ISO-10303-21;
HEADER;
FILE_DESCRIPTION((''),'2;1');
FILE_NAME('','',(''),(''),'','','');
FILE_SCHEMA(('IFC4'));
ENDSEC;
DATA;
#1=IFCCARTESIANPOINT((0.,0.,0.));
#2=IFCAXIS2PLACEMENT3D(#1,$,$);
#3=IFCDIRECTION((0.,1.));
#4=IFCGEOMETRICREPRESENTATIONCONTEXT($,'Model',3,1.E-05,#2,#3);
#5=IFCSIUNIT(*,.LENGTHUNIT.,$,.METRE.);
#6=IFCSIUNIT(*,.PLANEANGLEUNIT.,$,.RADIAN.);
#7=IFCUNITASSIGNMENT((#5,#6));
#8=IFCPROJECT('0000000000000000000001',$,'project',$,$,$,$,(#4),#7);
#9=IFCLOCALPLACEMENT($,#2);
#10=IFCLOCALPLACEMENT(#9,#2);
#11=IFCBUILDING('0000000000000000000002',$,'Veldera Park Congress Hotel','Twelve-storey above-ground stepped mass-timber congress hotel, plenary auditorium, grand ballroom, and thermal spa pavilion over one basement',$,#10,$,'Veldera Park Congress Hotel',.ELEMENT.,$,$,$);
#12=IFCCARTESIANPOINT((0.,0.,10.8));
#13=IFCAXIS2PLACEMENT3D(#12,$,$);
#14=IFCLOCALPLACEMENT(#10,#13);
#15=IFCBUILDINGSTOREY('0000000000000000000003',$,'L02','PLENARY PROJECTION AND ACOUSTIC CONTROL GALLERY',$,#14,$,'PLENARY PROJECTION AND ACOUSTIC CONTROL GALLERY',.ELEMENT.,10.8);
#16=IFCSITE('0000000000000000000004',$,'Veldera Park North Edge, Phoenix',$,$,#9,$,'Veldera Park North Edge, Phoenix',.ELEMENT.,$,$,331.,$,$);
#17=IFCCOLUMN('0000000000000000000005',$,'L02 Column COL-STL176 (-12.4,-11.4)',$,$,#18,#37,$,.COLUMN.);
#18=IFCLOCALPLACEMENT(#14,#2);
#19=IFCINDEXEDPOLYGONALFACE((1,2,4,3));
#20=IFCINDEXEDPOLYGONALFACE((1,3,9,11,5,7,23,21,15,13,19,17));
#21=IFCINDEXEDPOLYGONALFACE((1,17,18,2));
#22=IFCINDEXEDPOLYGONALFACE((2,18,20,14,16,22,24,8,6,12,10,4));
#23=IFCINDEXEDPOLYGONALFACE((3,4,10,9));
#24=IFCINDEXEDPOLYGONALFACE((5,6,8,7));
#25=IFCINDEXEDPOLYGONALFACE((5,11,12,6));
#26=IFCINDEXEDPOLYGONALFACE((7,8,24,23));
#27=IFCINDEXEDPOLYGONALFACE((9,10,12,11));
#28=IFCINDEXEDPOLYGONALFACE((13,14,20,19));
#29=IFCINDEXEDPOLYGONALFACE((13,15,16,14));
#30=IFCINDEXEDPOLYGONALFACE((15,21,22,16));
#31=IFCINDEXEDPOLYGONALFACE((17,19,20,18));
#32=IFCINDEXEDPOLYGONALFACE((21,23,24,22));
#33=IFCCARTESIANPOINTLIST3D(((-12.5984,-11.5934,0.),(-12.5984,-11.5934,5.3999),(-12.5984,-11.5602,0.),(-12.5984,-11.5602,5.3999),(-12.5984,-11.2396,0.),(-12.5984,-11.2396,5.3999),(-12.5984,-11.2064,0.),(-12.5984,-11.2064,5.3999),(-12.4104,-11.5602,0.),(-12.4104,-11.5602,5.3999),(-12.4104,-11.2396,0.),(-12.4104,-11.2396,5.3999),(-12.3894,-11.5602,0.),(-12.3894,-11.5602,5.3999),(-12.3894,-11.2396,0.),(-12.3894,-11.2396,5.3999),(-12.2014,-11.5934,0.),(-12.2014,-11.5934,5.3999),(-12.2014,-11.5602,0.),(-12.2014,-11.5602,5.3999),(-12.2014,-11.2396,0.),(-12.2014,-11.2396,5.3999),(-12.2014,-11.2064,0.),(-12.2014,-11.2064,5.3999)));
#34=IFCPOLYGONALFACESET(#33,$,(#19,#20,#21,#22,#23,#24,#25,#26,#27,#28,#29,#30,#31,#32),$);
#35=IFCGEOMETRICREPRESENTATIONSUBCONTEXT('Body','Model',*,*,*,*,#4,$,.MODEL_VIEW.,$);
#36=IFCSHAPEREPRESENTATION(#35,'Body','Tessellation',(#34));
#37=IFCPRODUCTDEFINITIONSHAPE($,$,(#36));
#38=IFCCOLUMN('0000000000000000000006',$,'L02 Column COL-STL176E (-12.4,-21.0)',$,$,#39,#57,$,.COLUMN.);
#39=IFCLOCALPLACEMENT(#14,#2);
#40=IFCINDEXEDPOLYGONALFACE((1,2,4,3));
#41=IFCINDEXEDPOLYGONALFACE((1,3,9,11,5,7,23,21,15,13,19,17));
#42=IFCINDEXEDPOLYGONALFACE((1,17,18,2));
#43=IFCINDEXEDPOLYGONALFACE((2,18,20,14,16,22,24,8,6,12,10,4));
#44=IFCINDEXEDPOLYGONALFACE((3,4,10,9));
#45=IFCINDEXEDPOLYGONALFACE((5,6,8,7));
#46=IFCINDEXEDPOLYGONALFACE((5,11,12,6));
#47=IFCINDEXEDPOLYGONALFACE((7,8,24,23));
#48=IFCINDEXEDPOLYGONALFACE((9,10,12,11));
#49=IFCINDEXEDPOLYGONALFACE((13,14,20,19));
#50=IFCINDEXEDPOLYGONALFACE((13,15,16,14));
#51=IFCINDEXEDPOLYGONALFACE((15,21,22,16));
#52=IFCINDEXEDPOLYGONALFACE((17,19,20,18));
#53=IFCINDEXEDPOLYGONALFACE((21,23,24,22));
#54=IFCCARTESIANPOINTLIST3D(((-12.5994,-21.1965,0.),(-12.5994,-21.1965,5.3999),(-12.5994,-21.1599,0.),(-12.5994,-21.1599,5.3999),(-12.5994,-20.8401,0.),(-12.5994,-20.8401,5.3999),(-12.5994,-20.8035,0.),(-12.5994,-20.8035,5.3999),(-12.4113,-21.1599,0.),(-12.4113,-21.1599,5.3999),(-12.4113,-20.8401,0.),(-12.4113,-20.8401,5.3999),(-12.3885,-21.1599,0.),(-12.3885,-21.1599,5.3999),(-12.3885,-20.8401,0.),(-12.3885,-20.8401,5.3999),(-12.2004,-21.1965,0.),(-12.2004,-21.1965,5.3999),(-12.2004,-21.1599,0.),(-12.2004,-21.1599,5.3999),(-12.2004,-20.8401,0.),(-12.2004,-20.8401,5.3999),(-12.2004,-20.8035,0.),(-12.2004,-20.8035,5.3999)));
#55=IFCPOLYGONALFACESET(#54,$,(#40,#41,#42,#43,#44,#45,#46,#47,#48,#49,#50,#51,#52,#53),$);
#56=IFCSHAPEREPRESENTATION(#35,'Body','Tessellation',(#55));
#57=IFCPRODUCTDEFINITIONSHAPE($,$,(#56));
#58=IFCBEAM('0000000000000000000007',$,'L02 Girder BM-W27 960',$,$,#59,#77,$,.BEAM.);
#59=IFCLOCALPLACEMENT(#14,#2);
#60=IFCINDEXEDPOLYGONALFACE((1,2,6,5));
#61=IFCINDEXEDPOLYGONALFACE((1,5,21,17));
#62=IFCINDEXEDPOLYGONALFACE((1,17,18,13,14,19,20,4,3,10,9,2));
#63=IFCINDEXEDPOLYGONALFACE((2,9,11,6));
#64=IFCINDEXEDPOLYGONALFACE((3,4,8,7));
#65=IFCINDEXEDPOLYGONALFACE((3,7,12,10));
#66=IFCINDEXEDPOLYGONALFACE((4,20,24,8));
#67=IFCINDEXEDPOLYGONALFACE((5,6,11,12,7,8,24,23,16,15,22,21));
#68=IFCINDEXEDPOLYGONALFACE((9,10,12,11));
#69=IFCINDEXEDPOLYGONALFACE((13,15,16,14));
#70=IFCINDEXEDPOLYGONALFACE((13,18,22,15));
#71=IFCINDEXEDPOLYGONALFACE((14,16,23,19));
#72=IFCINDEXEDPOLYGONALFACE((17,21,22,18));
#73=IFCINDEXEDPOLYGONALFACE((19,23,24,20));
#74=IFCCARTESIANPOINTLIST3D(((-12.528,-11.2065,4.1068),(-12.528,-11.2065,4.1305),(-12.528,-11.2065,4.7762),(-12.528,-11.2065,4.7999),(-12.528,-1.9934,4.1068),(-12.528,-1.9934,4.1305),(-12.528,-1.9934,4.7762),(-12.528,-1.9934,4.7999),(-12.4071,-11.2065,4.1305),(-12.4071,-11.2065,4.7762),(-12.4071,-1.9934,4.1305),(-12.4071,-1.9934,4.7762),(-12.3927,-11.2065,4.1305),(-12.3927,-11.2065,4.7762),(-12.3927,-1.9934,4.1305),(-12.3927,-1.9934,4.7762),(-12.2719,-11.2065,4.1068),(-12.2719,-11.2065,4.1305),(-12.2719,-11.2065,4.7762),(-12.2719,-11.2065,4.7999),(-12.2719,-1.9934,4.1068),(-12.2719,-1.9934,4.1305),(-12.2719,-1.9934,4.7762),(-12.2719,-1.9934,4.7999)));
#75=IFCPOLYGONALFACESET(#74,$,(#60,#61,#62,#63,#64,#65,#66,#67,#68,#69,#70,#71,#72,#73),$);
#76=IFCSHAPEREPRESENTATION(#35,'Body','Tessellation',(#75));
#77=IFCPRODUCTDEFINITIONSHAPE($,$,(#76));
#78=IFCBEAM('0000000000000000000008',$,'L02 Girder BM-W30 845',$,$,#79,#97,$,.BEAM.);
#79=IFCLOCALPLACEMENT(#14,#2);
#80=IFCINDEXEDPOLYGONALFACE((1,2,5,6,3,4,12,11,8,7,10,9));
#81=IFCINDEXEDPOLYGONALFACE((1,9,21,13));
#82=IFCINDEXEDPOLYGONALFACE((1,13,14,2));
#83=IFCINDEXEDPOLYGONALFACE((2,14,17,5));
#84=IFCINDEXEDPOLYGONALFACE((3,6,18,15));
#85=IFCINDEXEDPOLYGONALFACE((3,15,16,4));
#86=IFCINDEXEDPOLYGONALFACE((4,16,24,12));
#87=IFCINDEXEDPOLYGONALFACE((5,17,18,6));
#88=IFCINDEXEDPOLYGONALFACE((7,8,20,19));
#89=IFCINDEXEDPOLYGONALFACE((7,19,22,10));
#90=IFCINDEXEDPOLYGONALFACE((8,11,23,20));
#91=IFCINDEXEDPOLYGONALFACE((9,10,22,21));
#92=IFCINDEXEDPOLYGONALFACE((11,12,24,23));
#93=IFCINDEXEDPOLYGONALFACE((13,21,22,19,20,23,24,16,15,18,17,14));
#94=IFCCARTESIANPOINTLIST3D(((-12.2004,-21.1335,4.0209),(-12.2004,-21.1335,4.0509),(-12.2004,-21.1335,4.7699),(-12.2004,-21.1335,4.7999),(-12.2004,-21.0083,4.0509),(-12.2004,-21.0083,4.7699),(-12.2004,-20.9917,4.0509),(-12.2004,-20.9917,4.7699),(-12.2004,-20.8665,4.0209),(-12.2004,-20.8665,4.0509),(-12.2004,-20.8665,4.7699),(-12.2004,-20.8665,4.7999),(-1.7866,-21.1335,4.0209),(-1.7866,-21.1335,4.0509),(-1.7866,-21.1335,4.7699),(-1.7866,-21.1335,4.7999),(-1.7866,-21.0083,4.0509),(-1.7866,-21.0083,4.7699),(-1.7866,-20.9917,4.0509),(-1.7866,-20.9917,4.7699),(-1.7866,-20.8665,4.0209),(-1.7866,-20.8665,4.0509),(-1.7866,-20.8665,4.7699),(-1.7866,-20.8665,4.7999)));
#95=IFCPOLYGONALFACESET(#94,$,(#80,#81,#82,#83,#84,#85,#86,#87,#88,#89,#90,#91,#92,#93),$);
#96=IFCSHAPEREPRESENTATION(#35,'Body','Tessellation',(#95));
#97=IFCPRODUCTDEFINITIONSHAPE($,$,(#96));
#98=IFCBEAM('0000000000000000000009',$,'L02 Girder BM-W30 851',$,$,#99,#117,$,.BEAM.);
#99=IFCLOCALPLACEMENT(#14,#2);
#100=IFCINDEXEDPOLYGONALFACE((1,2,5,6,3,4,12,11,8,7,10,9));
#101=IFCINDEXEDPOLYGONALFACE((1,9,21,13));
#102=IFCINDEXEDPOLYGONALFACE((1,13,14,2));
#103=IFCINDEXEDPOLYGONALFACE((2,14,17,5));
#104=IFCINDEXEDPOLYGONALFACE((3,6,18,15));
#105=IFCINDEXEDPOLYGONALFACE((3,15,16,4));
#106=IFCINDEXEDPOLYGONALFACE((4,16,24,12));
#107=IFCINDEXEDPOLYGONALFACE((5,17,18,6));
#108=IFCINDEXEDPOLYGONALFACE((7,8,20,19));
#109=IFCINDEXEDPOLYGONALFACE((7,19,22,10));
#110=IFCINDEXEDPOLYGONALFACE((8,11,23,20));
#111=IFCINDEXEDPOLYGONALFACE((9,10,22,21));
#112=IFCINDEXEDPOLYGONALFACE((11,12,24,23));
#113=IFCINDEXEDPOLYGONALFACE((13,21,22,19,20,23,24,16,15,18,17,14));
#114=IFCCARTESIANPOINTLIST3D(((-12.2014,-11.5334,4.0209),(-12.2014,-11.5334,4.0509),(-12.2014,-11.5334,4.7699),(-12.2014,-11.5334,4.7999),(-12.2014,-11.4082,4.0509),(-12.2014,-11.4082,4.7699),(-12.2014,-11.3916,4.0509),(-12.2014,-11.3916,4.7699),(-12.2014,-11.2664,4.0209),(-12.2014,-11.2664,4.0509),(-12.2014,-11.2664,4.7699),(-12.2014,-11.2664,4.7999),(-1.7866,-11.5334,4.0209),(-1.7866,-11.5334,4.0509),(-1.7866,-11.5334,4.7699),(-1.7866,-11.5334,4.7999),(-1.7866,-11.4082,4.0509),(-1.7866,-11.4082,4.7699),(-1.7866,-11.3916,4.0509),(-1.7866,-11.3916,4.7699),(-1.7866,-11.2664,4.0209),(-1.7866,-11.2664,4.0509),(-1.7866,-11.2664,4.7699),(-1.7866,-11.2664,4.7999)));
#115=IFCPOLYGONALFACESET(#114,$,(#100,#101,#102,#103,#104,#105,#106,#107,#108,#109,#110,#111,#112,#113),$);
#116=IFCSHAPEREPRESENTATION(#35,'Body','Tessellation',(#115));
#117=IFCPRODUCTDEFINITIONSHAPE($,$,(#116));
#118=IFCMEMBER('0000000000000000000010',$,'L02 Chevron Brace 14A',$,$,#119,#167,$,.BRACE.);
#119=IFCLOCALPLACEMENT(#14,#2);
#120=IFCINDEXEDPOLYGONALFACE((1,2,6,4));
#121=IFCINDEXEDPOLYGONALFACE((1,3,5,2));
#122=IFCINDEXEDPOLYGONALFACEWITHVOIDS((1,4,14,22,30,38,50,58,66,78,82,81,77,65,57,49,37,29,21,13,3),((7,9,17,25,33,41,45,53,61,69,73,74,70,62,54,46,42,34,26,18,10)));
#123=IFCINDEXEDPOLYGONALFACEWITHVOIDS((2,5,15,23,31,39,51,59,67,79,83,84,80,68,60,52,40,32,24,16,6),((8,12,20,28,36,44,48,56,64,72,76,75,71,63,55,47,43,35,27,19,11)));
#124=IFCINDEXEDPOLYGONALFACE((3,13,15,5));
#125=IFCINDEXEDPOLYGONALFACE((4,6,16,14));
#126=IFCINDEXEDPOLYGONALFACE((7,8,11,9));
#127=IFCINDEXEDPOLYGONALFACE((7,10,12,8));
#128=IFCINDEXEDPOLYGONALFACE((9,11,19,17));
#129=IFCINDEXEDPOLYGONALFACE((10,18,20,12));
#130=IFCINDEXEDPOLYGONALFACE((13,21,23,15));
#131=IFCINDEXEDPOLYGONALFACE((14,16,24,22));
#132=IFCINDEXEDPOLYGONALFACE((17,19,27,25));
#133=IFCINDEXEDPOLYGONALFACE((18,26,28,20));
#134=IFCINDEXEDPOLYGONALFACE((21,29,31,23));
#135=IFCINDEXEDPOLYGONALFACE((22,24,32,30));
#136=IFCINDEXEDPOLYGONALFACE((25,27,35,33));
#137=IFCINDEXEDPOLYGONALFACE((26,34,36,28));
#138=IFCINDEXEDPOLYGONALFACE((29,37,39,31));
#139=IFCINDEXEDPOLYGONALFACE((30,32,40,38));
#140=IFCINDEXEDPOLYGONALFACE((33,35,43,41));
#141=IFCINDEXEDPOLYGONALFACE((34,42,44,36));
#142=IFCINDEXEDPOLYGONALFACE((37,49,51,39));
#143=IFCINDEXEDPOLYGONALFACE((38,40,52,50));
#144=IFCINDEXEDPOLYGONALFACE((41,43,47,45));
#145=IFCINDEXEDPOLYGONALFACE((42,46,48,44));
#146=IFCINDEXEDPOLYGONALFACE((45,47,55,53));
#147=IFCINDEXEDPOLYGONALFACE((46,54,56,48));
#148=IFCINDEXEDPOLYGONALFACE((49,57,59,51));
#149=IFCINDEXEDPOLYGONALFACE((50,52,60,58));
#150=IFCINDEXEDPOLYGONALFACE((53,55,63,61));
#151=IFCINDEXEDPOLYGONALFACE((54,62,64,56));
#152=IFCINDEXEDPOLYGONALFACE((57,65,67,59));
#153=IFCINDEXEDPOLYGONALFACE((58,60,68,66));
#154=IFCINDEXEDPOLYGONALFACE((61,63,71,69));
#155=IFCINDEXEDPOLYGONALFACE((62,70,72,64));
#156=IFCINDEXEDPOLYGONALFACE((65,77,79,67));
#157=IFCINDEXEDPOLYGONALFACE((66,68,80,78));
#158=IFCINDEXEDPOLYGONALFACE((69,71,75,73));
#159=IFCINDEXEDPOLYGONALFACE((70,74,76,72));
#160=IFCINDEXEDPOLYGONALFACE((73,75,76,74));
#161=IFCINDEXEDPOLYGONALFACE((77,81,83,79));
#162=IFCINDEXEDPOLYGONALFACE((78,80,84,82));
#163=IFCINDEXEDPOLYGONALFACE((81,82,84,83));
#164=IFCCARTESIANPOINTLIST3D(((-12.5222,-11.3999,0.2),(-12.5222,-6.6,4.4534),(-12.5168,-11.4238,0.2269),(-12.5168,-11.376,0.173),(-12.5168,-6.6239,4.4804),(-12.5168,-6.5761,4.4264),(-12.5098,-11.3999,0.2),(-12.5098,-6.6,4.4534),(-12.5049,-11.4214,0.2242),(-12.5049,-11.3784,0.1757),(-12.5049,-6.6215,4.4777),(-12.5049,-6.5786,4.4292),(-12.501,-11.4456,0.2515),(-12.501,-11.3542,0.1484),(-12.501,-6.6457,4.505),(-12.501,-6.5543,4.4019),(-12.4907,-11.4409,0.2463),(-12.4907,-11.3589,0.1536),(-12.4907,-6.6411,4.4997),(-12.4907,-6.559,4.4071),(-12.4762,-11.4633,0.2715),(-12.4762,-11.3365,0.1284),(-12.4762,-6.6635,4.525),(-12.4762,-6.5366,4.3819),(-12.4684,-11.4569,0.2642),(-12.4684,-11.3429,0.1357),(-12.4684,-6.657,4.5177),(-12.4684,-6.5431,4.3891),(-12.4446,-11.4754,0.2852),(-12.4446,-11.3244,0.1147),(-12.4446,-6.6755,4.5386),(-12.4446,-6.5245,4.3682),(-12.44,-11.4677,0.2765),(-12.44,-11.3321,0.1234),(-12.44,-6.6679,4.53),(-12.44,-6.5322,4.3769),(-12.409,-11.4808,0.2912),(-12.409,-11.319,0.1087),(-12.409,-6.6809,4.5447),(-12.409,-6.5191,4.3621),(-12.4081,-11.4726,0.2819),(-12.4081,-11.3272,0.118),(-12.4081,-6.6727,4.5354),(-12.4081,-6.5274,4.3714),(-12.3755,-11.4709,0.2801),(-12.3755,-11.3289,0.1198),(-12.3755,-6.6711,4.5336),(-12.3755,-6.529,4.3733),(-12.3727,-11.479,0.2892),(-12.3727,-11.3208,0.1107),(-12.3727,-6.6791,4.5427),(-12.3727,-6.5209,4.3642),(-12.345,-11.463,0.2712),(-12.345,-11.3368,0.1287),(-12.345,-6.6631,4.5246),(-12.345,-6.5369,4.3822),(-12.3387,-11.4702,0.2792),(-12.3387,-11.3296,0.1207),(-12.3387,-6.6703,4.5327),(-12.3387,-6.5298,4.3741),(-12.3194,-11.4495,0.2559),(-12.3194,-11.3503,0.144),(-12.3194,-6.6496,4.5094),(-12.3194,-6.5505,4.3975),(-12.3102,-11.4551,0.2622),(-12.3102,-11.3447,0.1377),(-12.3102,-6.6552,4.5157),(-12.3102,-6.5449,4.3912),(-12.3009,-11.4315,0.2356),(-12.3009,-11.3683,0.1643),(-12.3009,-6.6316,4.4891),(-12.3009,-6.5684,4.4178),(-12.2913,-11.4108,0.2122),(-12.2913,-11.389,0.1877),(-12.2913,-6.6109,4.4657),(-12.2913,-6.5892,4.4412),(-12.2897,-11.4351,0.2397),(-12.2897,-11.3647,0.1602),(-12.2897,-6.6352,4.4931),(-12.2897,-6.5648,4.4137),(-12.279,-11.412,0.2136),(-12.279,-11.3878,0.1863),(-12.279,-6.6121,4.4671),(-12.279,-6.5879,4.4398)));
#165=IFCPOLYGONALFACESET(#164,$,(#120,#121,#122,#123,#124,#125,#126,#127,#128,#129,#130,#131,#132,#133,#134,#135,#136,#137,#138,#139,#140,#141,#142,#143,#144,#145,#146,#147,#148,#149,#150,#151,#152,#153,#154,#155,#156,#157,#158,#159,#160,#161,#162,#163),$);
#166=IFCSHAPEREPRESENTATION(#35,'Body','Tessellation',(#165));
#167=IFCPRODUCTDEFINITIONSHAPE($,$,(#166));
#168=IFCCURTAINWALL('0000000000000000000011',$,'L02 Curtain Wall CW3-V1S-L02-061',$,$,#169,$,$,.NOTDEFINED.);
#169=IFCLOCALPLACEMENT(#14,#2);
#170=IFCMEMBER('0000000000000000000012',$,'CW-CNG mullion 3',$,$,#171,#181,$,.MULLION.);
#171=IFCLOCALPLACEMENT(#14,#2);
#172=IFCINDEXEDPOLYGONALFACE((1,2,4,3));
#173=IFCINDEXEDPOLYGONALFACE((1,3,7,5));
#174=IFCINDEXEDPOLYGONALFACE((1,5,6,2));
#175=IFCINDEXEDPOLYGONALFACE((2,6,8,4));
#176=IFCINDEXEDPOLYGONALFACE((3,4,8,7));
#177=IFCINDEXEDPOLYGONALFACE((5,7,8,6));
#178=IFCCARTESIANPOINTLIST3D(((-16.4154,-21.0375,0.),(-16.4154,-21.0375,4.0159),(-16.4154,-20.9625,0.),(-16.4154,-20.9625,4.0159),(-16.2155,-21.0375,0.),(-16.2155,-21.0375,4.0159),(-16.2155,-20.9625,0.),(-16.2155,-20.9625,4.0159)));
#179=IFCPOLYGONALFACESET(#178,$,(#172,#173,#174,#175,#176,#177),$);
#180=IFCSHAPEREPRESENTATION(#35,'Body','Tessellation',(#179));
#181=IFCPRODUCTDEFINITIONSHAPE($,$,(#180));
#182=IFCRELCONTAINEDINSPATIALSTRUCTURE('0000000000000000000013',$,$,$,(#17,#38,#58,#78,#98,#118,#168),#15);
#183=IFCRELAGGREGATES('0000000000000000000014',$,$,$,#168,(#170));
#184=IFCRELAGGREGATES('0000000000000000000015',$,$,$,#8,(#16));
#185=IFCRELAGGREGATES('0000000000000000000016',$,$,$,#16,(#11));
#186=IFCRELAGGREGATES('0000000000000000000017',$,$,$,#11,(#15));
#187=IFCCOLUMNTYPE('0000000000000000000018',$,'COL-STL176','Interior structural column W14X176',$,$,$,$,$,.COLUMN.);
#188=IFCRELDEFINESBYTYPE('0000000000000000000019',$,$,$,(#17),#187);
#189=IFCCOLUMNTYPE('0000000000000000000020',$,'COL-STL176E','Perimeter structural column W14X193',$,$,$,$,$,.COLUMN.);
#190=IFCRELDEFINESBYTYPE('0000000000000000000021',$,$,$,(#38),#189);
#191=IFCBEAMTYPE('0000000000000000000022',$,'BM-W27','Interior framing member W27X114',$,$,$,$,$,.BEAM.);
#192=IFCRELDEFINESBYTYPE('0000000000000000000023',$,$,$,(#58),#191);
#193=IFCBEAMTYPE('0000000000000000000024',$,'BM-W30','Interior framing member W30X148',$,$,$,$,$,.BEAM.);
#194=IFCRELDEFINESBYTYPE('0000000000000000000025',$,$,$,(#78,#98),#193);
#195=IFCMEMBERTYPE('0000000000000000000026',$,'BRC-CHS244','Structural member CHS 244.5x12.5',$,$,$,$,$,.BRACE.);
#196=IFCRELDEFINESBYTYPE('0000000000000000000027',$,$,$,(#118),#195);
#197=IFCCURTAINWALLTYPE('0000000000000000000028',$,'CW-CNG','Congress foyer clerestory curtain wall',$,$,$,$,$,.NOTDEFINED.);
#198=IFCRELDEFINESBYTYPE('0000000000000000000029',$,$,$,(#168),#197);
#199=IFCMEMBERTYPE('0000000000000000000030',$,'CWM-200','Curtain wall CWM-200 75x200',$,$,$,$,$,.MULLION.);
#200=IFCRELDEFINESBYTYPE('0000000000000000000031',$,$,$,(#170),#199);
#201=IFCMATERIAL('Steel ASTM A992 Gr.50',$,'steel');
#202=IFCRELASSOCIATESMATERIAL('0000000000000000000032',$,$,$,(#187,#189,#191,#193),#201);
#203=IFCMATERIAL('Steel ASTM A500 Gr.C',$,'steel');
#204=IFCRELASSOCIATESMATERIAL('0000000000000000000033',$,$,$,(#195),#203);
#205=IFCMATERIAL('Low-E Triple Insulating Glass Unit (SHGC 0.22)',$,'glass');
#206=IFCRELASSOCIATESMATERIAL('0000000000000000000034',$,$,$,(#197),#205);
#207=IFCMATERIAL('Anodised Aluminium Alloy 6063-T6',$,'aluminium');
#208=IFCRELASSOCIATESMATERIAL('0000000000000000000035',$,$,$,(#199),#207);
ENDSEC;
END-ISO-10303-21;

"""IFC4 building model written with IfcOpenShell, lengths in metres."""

from ifc_helpers import new_model, si_unit, direction, frame, origin, origin_2d, place, context, subcontext, project, spatial, rectangle, hollow_circle, i_section, extrude, material, material_profile, profile_set, type_object, element, aggregate, save


model = new_model("IFC4")

# Units and contexts
model_context = context("Model", 3, precision=1e-05, world=origin(), true_north=direction((0.0, 1.0)))
body_context = subcontext(model_context, "Body", "Model", "MODEL_VIEW")
ifc_project = project(units=[si_unit("LENGTHUNIT", "METRE"), si_unit("PLANEANGLEUNIT", "RADIAN")], contexts=[model_context])

# Site, building, storey
site_placement = place(None, origin())
site = spatial("IfcSite", under=ifc_project, at=site_placement, Name="Veldera Park North Edge, Phoenix", LongName="Veldera Park North Edge, Phoenix", CompositionType="ELEMENT", RefElevation=331.0)
building_placement = place(site_placement, origin())
building = spatial("IfcBuilding", under=site, at=building_placement, Name="Veldera Park Congress Hotel", Description="Twelve-storey above-ground stepped mass-timber congress hotel, plenary auditorium, grand ballroom, and thermal spa pavilion over one basement", LongName="Veldera Park Congress Hotel", CompositionType="ELEMENT")
storey_placement = place(building_placement, frame((0.0, 0.0, 10.8)))
storey = spatial("IfcBuildingStorey", under=building, at=storey_placement, Name="L02", Description="PLENARY PROJECTION AND ACOUSTIC CONTROL GALLERY", LongName="PLENARY PROJECTION AND ACOUSTIC CONTROL GALLERY", CompositionType="ELEMENT", Elevation=10.8)

# Columns
ifc_material_1 = material(Name="Steel ASTM A992 Gr.50", Category="steel")
ifc_material_profile_1 = material_profile(ifc_material_1, i_section(OverallWidth=0.397, OverallDepth=0.387, WebThickness=0.021, FlangeThickness=0.0332, at=origin_2d()), Name="W14X176")
ifc_profile_set_1 = profile_set([ifc_material_profile_1], Name="Steel ASTM A992 Gr.50")
column_type_1 = type_object("IfcColumnType", Name="COL-STL176", Description="Interior structural column W14X176", PredefinedType="COLUMN", material=ifc_profile_set_1)
column_1_placement = place(storey_placement, frame((-12.3999, -11.3999, 0.0), z_axis=(0.0, 0.0, 1.0), x_axis=(1.0, 0.0, 0.0)))
element("IfcColumn", 1, at=column_1_placement, inside=storey, type_object=column_type_1, Name="L02 Column COL-STL176 (-12.4,-11.4)", PredefinedType="COLUMN", context=body_context, shape_type="SweptSolid", body=[
    extrude(i_section(OverallWidth=0.397, OverallDepth=0.387, WebThickness=0.021, FlangeThickness=0.0332, at=origin_2d()), origin(), (0.0, 0.0, 1.0), 5.3999),
])
ifc_material_profile_2 = material_profile(ifc_material_1, i_section(OverallWidth=0.3989, OverallDepth=0.3931, WebThickness=0.0227, FlangeThickness=0.0366, at=origin_2d()), Name="W14X193")
ifc_profile_set_2 = profile_set([ifc_material_profile_2], Name="Steel ASTM A992 Gr.50")
column_type_2 = type_object("IfcColumnType", Name="COL-STL176E", Description="Perimeter structural column W14X193", PredefinedType="COLUMN", material=ifc_profile_set_2)
column_2_placement = place(storey_placement, frame((-12.3999, -21.0, 0.0), z_axis=(0.0, 0.0, 1.0), x_axis=(1.0, 0.0, 0.0)))
element("IfcColumn", 2, at=column_2_placement, inside=storey, type_object=column_type_2, Name="L02 Column COL-STL176E (-12.4,-21.0)", PredefinedType="COLUMN", context=body_context, shape_type="SweptSolid", body=[
    extrude(i_section(OverallWidth=0.3989, OverallDepth=0.3931, WebThickness=0.0227, FlangeThickness=0.0366, at=origin_2d()), origin(), (0.0, 0.0, 1.0), 5.3999),
])

# Beams
ifc_material_profile_3 = material_profile(ifc_material_1, i_section(OverallWidth=0.2561, OverallDepth=0.6931, WebThickness=0.0144, FlangeThickness=0.0237, at=origin_2d()), Name="W27X114")
ifc_profile_set_3 = profile_set([ifc_material_profile_3], Name="Steel ASTM A992 Gr.50")
beam_type_1 = type_object("IfcBeamType", Name="BM-W27", Description="Interior framing member W27X114", PredefinedType="BEAM", material=ifc_profile_set_3)
beam_1_placement = place(storey_placement, frame((-12.3999, -11.2065, 4.4534), z_axis=(0.0, 1.0, 0.0), x_axis=(-1.0, 0.0, 0.0)))
element("IfcBeam", 3, at=beam_1_placement, inside=storey, type_object=beam_type_1, Name="L02 Girder BM-W27 960", PredefinedType="BEAM", context=body_context, shape_type="SweptSolid", body=[
    extrude(i_section(OverallWidth=0.2561, OverallDepth=0.6931, WebThickness=0.0144, FlangeThickness=0.0237, at=origin_2d()), origin(), (0.0, 0.0, 1.0), 9.2131),
])
ifc_material_profile_4 = material_profile(ifc_material_1, i_section(OverallWidth=0.2671, OverallDepth=0.7791, WebThickness=0.0166, FlangeThickness=0.03, at=origin_2d()), Name="W30X148")
ifc_profile_set_4 = profile_set([ifc_material_profile_4], Name="Steel ASTM A992 Gr.50")
beam_type_2 = type_object("IfcBeamType", Name="BM-W30", Description="Interior framing member W30X148", PredefinedType="BEAM", material=ifc_profile_set_4)
beam_2_placement = place(storey_placement, frame((-12.2004, -21.0, 4.4104), z_axis=(1.0, 0.0, 0.0), x_axis=(0.0, 1.0, 0.0)))
element("IfcBeam", 4, at=beam_2_placement, inside=storey, type_object=beam_type_2, Name="L02 Girder BM-W30 845", PredefinedType="BEAM", context=body_context, shape_type="SweptSolid", body=[
    extrude(i_section(OverallWidth=0.2671, OverallDepth=0.7791, WebThickness=0.0166, FlangeThickness=0.03, at=origin_2d()), origin(), (0.0, 0.0, 1.0), 10.4138),
])
beam_3_placement = place(storey_placement, frame((-12.2014, -11.3999, 4.4104), z_axis=(1.0, 0.0, 0.0), x_axis=(0.0, 1.0, 0.0)))
element("IfcBeam", 5, at=beam_3_placement, inside=storey, type_object=beam_type_2, Name="L02 Girder BM-W30 851", PredefinedType="BEAM", context=body_context, shape_type="SweptSolid", body=[
    extrude(i_section(OverallWidth=0.2671, OverallDepth=0.7791, WebThickness=0.0166, FlangeThickness=0.03, at=origin_2d()), origin(), (0.0, 0.0, 1.0), 10.4148),
])

# Member
ifc_material_2 = material(Name="Steel ASTM A500 Gr.C", Category="steel")
ifc_material_profile_5 = material_profile(ifc_material_2, hollow_circle(Radius=0.1223, WallThickness=0.0125, at=origin_2d()), Name="CHS 244.5x12.5")
ifc_profile_set_5 = profile_set([ifc_material_profile_5], Name="Steel ASTM A500 Gr.C")
member_type_1 = type_object("IfcMemberType", Name="BRC-CHS244", Description="Structural member CHS 244.5x12.5", PredefinedType="BRACE", material=ifc_profile_set_5)
member_1_placement = place(storey_placement, frame((-12.3999, -11.3999, 0.2), z_axis=(0.0, 0.748421, 0.663224), x_axis=(-1.0, 0.0, 0.0)))
element("IfcMember", 6, at=member_1_placement, inside=storey, type_object=member_type_1, Name="L02 Chevron Brace 14A", PredefinedType="BRACE", context=body_context, shape_type="SweptSolid", body=[
    extrude(hollow_circle(Radius=0.1223, WallThickness=0.0125, at=origin_2d()), origin(), (0.0, 0.0, 1.0), 6.4133),
])

# Curtain wall, member
ifc_material_3 = material(Name="Low-E Triple Insulating Glass Unit (SHGC 0.22)", Category="glass")
curtain_wall_type = type_object("IfcCurtainWallType", Name="CW-CNG", Description="Congress foyer clerestory curtain wall", PredefinedType="NOTDEFINED", material=ifc_material_3)
curtain_wall_1_placement = place(storey_placement, origin())
curtain_wall_1 = element("IfcCurtainWall", 7, at=curtain_wall_1_placement, inside=storey, type_object=curtain_wall_type, Name="L02 Curtain Wall CW3-V1S-L02-061", PredefinedType="NOTDEFINED")
ifc_material_4 = material(Name="Anodised Aluminium Alloy 6063-T6", Category="aluminium")
ifc_material_profile_6 = material_profile(ifc_material_4, rectangle(XDim=0.075, YDim=0.2, at=origin_2d()), Name="ALU 75x200")
ifc_profile_set_6 = profile_set([ifc_material_profile_6], Name="Anodised Aluminium Alloy 6063-T6")
member_type_2 = type_object("IfcMemberType", Name="CWM-200", Description="Curtain wall CWM-200 75x200", PredefinedType="MULLION", material=ifc_profile_set_6)
member_2_placement = place(storey_placement, frame((-16.3154, -21.0, 0.0), z_axis=(0.0, 0.0, 1.0), x_axis=(0.0, 1.0, 0.0)))
member_2 = element("IfcMember", 8, at=member_2_placement, type_object=member_type_2, Name="CW-CNG mullion 3", PredefinedType="MULLION", context=body_context, shape_type="SweptSolid", body=[
    extrude(rectangle(XDim=0.075, YDim=0.2, at=origin_2d()), origin(), (0.0, 0.0, 1.0), 4.0159),
])

aggregate(curtain_wall_1, [member_2])

save(model, "model.ifc")
